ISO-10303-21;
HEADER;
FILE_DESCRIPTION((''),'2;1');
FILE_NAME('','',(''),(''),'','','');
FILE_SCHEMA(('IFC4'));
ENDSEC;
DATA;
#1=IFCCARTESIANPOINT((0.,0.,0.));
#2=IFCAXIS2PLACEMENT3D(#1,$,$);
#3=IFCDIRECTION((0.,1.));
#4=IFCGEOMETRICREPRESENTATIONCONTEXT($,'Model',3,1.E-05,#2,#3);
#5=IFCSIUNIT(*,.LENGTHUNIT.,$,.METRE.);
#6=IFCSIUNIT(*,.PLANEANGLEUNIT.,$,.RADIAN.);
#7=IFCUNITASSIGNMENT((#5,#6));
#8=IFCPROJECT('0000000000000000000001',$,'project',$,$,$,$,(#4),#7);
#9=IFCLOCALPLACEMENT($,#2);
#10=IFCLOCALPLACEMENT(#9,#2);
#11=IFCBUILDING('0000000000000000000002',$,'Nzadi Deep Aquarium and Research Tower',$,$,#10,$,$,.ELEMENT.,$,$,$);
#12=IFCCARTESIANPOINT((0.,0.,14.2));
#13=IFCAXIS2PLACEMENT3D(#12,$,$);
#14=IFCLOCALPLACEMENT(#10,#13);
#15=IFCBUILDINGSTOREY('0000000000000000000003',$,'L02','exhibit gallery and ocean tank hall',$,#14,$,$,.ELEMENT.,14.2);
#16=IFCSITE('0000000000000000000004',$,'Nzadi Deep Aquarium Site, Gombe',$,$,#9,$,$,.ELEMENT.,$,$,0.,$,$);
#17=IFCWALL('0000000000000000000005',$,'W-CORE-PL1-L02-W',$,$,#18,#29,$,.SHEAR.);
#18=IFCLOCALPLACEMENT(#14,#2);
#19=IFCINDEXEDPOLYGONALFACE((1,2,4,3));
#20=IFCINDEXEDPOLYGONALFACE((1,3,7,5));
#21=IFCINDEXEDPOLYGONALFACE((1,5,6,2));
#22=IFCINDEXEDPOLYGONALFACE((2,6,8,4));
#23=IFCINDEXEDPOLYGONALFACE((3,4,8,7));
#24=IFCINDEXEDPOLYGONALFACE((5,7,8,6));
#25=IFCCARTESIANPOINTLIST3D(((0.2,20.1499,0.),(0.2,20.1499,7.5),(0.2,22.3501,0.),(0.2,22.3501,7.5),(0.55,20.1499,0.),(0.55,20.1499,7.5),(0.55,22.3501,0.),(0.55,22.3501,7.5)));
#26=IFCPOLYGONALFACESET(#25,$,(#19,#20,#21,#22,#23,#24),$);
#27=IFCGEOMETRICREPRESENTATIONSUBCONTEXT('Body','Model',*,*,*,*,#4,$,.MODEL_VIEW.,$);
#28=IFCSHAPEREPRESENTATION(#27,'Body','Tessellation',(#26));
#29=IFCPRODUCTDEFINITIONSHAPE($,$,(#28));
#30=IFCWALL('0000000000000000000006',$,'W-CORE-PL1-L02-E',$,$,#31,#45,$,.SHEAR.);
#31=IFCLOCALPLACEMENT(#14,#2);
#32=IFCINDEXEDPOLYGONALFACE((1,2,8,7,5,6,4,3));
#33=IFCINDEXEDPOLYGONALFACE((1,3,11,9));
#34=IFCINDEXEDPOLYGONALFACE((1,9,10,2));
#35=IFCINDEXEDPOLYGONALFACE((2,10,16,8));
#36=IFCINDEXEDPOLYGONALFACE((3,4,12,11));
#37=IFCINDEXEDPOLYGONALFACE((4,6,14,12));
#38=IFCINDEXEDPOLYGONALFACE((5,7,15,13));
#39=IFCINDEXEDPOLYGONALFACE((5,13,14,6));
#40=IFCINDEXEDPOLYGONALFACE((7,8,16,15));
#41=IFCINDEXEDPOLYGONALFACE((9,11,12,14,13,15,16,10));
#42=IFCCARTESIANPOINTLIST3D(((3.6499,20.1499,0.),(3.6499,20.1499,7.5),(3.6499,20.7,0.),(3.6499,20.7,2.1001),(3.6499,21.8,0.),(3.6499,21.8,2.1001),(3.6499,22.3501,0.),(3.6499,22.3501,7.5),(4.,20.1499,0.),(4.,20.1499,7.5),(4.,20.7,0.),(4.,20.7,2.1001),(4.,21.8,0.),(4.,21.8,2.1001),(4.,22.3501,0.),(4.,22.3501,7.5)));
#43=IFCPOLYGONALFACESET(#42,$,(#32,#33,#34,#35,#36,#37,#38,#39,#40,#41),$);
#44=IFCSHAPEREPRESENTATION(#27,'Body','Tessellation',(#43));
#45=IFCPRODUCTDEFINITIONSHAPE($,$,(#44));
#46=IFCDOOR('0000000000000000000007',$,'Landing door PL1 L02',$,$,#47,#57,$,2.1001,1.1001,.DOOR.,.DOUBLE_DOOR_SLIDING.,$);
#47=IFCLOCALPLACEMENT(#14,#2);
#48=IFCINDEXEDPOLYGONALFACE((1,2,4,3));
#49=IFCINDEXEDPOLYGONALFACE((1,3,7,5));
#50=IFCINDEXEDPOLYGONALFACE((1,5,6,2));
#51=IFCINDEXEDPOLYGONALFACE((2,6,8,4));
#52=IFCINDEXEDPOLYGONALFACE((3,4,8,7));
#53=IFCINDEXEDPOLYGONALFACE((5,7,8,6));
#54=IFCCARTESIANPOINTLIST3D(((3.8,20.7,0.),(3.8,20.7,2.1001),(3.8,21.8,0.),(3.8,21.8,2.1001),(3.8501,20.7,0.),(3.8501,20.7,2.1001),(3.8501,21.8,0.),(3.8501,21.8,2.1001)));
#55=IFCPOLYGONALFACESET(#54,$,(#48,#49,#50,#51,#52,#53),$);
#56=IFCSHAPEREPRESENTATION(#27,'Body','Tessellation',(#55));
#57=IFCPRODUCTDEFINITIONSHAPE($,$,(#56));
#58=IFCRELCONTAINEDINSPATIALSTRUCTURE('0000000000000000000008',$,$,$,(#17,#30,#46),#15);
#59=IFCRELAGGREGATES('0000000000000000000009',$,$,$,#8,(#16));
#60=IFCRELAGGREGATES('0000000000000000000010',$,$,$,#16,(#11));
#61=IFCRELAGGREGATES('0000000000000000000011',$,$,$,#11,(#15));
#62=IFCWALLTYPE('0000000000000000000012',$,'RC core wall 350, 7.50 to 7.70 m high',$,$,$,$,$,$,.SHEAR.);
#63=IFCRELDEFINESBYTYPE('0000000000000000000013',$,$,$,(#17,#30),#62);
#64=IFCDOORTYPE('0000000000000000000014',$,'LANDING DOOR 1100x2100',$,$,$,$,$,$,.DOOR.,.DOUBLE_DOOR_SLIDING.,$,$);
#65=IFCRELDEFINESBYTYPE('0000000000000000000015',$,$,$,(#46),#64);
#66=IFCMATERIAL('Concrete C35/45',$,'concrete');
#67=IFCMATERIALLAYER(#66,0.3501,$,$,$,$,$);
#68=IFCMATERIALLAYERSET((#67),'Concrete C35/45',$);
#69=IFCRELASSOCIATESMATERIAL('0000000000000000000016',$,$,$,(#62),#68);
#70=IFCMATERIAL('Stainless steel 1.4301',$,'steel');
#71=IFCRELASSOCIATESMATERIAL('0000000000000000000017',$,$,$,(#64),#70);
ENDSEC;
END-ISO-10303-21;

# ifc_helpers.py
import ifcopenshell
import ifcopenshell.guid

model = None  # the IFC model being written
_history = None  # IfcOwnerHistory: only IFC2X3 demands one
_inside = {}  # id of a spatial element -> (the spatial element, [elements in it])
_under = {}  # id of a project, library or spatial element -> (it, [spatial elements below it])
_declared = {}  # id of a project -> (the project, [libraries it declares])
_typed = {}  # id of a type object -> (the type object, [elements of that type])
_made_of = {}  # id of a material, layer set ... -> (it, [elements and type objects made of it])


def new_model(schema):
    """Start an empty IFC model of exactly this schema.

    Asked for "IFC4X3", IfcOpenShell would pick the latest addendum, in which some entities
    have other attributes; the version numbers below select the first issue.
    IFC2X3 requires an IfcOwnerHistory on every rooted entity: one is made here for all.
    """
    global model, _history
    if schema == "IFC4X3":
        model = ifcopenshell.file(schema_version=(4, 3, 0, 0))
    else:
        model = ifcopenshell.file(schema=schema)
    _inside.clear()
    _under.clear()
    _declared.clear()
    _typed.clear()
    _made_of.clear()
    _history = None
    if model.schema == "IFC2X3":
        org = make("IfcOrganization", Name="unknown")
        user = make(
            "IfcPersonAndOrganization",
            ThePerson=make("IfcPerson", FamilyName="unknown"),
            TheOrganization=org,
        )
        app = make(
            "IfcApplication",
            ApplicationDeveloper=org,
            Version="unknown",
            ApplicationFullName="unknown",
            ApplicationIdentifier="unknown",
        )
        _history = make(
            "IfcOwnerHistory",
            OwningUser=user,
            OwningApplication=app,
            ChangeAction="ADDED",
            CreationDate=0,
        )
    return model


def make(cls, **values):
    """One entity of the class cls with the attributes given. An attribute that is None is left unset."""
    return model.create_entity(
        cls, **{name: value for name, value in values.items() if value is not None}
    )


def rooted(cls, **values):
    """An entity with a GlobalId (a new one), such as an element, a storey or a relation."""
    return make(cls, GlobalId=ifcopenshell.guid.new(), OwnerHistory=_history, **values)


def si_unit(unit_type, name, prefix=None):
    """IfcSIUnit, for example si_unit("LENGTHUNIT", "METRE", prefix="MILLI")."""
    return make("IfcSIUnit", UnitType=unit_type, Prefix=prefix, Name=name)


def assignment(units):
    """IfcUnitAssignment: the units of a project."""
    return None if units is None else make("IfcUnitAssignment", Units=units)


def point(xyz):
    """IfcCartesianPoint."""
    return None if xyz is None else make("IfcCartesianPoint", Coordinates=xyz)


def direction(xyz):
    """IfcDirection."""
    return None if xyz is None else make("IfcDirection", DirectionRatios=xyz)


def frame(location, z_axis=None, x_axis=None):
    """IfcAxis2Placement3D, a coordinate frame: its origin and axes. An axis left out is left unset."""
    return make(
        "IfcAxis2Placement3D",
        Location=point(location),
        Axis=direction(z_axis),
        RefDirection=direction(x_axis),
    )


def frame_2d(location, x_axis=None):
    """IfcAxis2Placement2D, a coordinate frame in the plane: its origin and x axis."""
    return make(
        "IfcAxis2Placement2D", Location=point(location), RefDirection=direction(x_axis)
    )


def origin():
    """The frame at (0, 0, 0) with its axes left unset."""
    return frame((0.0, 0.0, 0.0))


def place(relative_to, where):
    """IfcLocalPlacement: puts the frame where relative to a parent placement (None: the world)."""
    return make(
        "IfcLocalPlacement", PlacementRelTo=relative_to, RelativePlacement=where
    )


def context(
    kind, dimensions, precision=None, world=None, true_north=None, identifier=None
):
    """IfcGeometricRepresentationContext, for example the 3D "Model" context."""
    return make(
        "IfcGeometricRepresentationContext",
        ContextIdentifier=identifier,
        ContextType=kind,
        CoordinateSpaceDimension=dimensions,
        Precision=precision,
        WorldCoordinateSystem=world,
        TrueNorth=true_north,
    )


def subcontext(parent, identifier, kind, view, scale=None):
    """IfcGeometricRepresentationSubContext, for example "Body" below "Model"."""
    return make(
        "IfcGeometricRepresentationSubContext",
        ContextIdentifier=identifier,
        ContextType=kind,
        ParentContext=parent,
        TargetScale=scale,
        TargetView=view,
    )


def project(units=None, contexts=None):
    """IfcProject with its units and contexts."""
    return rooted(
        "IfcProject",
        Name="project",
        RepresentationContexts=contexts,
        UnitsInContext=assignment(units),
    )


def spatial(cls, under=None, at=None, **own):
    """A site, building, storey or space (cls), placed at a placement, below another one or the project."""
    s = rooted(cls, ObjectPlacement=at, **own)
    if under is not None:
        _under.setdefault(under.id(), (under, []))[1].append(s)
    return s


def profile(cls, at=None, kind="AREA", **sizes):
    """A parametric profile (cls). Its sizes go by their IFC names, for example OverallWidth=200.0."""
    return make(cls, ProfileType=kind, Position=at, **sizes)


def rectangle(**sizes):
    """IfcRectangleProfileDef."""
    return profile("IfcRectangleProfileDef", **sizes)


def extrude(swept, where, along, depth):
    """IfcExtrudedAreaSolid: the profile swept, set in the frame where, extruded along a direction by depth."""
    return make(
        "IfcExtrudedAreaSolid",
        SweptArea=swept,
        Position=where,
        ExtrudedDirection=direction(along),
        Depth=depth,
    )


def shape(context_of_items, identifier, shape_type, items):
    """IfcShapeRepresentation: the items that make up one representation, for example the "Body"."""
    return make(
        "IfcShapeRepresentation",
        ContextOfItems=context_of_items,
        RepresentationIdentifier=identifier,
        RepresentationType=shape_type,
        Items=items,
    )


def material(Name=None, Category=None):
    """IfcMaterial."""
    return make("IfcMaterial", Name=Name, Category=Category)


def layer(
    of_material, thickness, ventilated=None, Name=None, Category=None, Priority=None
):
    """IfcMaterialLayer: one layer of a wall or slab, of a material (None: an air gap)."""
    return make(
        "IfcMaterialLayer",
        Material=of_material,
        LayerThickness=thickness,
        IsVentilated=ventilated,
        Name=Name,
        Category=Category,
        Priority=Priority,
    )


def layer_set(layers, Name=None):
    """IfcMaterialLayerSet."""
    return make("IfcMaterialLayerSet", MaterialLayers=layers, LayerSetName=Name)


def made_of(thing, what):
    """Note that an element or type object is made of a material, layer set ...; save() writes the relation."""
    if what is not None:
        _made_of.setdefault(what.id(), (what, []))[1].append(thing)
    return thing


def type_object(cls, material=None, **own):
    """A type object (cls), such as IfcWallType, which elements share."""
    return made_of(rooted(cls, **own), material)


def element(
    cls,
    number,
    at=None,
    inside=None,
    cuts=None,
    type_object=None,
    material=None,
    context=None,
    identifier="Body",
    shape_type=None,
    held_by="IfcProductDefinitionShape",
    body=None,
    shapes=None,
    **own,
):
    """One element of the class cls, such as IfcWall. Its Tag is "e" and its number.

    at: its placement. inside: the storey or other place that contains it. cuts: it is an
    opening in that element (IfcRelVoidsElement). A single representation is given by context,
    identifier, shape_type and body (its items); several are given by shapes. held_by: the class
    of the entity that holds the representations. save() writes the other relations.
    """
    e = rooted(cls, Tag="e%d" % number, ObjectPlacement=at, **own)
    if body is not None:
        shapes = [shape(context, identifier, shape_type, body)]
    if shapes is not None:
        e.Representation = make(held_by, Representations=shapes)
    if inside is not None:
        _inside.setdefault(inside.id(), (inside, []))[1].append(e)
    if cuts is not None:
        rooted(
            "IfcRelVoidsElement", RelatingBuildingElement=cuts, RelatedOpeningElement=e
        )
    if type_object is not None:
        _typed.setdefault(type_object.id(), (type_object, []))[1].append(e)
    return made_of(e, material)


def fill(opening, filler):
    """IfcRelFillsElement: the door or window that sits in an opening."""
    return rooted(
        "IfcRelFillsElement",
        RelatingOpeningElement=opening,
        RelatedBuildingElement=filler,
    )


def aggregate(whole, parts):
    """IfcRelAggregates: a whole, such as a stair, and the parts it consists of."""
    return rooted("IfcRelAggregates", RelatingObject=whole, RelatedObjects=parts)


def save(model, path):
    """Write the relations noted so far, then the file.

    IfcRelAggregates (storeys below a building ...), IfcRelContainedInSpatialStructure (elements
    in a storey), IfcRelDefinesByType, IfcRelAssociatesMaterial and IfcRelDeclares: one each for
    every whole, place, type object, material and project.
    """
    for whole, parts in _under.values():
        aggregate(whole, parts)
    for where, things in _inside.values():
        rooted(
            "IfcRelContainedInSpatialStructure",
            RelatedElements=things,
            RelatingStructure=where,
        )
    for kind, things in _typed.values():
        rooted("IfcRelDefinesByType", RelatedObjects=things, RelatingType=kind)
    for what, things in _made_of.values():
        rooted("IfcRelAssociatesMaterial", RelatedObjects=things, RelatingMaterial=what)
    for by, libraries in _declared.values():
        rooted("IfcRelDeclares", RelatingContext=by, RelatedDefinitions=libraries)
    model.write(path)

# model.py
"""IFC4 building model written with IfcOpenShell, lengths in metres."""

from ifc_helpers import new_model, si_unit, direction, frame, frame_2d, origin, place, context, subcontext, project, spatial, rectangle, extrude, material, layer, layer_set, type_object, element, fill, save


model = new_model("IFC4")

# Units and contexts
model_context = context("Model", 3, precision=1e-05, world=origin(), true_north=direction((0.0, 1.0)))
body_context = subcontext(model_context, "Body", "Model", "MODEL_VIEW")
ifc_project = project(units=[si_unit("LENGTHUNIT", "METRE"), si_unit("PLANEANGLEUNIT", "RADIAN")], contexts=[model_context])

# Site, building, storey
site_placement = place(None, origin())
site = spatial("IfcSite", under=ifc_project, at=site_placement, Name="Nzadi Deep Aquarium Site, Gombe", CompositionType="ELEMENT", RefElevation=0.0)
building_placement = place(site_placement, origin())
building = spatial("IfcBuilding", under=site, at=building_placement, Name="Nzadi Deep Aquarium and Research Tower", CompositionType="ELEMENT")
storey_placement = place(building_placement, frame((0.0, 0.0, 14.2)))
storey = spatial("IfcBuildingStorey", under=building, at=storey_placement, Name="L02", Description="exhibit gallery and ocean tank hall", CompositionType="ELEMENT", Elevation=14.2)

# Wall
ifc_material_1 = material(Name="Concrete C35/45", Category="concrete")
ifc_layer_1 = layer(ifc_material_1, 0.3501)
ifc_layer_set_1 = layer_set([ifc_layer_1], Name="Concrete C35/45")
wall_type_1 = type_object("IfcWallType", Name="RC core wall 350, 7.50 to 7.70 m high", PredefinedType="SHEAR", material=ifc_layer_set_1)
wall_1_placement = place(storey_placement, frame((0.375, 20.1499, 0.0), z_axis=(0.0, 0.0, 1.0), x_axis=(0.0, 1.0, 0.0)))
element("IfcWall", 1, at=wall_1_placement, inside=storey, type_object=wall_type_1, Name="W-CORE-PL1-L02-W", PredefinedType="SHEAR", context=body_context, shape_type="SweptSolid", body=[
    extrude(rectangle(XDim=2.2002, YDim=0.3501, at=frame_2d((1.1001, 0.0))), origin(), (0.0, 0.0, 1.0), 7.5),
])

# Wall, opening, door
wall_2_placement = place(storey_placement, frame((3.825, 20.1499, 0.0), z_axis=(0.0, 0.0, 1.0), x_axis=(0.0, 1.0, 0.0)))
wall_2 = element("IfcWall", 2, at=wall_2_placement, inside=storey, type_object=wall_type_1, Name="W-CORE-PL1-L02-E", PredefinedType="SHEAR", context=body_context, shape_type="SweptSolid", body=[
    extrude(rectangle(XDim=2.2002, YDim=0.3501, at=frame_2d((1.1001, 0.0))), origin(), (0.0, 0.0, 1.0), 7.5),
])
opening_1_placement = place(wall_2_placement, frame((0.55, 0.0, 0.0)))
opening_1 = element("IfcOpeningElement", 3, at=opening_1_placement, cuts=wall_2, PredefinedType="OPENING", context=body_context, shape_type="SweptSolid", body=[
    extrude(rectangle(XDim=1.1001, YDim=2.1001, at=frame_2d((0.55, 1.05))), frame((0.0, 0.1851, 0.0), z_axis=(0.0, -1.0, 0.0), x_axis=(1.0, 0.0, 0.0)), (0.0, 0.0, 1.0), 0.3701),
])
ifc_material_2 = material(Name="Stainless steel 1.4301", Category="steel")
door_type_1 = type_object("IfcDoorType", Name="LANDING DOOR 1100x2100", OperationType="DOUBLE_DOOR_SLIDING", PredefinedType="DOOR", material=ifc_material_2)
door_1_placement = place(opening_1_placement, origin())
door_1 = element("IfcDoor", 4, at=door_1_placement, inside=storey, type_object=door_type_1, Name="Landing door PL1 L02", OperationType="DOUBLE_DOOR_SLIDING", OverallHeight=2.1001, OverallWidth=1.1001, PredefinedType="DOOR", context=body_context, shape_type="SweptSolid", body=[
    extrude(rectangle(XDim=1.1001, YDim=2.1001, at=frame_2d((0.55, 1.05))), frame((0.0, 0.0249, 0.0), z_axis=(0.0, -1.0, 0.0), x_axis=(1.0, 0.0, 0.0)), (0.0, 0.0, 1.0), 0.05),
])
fill(opening_1, door_1)

save(model, "model.ifc")
